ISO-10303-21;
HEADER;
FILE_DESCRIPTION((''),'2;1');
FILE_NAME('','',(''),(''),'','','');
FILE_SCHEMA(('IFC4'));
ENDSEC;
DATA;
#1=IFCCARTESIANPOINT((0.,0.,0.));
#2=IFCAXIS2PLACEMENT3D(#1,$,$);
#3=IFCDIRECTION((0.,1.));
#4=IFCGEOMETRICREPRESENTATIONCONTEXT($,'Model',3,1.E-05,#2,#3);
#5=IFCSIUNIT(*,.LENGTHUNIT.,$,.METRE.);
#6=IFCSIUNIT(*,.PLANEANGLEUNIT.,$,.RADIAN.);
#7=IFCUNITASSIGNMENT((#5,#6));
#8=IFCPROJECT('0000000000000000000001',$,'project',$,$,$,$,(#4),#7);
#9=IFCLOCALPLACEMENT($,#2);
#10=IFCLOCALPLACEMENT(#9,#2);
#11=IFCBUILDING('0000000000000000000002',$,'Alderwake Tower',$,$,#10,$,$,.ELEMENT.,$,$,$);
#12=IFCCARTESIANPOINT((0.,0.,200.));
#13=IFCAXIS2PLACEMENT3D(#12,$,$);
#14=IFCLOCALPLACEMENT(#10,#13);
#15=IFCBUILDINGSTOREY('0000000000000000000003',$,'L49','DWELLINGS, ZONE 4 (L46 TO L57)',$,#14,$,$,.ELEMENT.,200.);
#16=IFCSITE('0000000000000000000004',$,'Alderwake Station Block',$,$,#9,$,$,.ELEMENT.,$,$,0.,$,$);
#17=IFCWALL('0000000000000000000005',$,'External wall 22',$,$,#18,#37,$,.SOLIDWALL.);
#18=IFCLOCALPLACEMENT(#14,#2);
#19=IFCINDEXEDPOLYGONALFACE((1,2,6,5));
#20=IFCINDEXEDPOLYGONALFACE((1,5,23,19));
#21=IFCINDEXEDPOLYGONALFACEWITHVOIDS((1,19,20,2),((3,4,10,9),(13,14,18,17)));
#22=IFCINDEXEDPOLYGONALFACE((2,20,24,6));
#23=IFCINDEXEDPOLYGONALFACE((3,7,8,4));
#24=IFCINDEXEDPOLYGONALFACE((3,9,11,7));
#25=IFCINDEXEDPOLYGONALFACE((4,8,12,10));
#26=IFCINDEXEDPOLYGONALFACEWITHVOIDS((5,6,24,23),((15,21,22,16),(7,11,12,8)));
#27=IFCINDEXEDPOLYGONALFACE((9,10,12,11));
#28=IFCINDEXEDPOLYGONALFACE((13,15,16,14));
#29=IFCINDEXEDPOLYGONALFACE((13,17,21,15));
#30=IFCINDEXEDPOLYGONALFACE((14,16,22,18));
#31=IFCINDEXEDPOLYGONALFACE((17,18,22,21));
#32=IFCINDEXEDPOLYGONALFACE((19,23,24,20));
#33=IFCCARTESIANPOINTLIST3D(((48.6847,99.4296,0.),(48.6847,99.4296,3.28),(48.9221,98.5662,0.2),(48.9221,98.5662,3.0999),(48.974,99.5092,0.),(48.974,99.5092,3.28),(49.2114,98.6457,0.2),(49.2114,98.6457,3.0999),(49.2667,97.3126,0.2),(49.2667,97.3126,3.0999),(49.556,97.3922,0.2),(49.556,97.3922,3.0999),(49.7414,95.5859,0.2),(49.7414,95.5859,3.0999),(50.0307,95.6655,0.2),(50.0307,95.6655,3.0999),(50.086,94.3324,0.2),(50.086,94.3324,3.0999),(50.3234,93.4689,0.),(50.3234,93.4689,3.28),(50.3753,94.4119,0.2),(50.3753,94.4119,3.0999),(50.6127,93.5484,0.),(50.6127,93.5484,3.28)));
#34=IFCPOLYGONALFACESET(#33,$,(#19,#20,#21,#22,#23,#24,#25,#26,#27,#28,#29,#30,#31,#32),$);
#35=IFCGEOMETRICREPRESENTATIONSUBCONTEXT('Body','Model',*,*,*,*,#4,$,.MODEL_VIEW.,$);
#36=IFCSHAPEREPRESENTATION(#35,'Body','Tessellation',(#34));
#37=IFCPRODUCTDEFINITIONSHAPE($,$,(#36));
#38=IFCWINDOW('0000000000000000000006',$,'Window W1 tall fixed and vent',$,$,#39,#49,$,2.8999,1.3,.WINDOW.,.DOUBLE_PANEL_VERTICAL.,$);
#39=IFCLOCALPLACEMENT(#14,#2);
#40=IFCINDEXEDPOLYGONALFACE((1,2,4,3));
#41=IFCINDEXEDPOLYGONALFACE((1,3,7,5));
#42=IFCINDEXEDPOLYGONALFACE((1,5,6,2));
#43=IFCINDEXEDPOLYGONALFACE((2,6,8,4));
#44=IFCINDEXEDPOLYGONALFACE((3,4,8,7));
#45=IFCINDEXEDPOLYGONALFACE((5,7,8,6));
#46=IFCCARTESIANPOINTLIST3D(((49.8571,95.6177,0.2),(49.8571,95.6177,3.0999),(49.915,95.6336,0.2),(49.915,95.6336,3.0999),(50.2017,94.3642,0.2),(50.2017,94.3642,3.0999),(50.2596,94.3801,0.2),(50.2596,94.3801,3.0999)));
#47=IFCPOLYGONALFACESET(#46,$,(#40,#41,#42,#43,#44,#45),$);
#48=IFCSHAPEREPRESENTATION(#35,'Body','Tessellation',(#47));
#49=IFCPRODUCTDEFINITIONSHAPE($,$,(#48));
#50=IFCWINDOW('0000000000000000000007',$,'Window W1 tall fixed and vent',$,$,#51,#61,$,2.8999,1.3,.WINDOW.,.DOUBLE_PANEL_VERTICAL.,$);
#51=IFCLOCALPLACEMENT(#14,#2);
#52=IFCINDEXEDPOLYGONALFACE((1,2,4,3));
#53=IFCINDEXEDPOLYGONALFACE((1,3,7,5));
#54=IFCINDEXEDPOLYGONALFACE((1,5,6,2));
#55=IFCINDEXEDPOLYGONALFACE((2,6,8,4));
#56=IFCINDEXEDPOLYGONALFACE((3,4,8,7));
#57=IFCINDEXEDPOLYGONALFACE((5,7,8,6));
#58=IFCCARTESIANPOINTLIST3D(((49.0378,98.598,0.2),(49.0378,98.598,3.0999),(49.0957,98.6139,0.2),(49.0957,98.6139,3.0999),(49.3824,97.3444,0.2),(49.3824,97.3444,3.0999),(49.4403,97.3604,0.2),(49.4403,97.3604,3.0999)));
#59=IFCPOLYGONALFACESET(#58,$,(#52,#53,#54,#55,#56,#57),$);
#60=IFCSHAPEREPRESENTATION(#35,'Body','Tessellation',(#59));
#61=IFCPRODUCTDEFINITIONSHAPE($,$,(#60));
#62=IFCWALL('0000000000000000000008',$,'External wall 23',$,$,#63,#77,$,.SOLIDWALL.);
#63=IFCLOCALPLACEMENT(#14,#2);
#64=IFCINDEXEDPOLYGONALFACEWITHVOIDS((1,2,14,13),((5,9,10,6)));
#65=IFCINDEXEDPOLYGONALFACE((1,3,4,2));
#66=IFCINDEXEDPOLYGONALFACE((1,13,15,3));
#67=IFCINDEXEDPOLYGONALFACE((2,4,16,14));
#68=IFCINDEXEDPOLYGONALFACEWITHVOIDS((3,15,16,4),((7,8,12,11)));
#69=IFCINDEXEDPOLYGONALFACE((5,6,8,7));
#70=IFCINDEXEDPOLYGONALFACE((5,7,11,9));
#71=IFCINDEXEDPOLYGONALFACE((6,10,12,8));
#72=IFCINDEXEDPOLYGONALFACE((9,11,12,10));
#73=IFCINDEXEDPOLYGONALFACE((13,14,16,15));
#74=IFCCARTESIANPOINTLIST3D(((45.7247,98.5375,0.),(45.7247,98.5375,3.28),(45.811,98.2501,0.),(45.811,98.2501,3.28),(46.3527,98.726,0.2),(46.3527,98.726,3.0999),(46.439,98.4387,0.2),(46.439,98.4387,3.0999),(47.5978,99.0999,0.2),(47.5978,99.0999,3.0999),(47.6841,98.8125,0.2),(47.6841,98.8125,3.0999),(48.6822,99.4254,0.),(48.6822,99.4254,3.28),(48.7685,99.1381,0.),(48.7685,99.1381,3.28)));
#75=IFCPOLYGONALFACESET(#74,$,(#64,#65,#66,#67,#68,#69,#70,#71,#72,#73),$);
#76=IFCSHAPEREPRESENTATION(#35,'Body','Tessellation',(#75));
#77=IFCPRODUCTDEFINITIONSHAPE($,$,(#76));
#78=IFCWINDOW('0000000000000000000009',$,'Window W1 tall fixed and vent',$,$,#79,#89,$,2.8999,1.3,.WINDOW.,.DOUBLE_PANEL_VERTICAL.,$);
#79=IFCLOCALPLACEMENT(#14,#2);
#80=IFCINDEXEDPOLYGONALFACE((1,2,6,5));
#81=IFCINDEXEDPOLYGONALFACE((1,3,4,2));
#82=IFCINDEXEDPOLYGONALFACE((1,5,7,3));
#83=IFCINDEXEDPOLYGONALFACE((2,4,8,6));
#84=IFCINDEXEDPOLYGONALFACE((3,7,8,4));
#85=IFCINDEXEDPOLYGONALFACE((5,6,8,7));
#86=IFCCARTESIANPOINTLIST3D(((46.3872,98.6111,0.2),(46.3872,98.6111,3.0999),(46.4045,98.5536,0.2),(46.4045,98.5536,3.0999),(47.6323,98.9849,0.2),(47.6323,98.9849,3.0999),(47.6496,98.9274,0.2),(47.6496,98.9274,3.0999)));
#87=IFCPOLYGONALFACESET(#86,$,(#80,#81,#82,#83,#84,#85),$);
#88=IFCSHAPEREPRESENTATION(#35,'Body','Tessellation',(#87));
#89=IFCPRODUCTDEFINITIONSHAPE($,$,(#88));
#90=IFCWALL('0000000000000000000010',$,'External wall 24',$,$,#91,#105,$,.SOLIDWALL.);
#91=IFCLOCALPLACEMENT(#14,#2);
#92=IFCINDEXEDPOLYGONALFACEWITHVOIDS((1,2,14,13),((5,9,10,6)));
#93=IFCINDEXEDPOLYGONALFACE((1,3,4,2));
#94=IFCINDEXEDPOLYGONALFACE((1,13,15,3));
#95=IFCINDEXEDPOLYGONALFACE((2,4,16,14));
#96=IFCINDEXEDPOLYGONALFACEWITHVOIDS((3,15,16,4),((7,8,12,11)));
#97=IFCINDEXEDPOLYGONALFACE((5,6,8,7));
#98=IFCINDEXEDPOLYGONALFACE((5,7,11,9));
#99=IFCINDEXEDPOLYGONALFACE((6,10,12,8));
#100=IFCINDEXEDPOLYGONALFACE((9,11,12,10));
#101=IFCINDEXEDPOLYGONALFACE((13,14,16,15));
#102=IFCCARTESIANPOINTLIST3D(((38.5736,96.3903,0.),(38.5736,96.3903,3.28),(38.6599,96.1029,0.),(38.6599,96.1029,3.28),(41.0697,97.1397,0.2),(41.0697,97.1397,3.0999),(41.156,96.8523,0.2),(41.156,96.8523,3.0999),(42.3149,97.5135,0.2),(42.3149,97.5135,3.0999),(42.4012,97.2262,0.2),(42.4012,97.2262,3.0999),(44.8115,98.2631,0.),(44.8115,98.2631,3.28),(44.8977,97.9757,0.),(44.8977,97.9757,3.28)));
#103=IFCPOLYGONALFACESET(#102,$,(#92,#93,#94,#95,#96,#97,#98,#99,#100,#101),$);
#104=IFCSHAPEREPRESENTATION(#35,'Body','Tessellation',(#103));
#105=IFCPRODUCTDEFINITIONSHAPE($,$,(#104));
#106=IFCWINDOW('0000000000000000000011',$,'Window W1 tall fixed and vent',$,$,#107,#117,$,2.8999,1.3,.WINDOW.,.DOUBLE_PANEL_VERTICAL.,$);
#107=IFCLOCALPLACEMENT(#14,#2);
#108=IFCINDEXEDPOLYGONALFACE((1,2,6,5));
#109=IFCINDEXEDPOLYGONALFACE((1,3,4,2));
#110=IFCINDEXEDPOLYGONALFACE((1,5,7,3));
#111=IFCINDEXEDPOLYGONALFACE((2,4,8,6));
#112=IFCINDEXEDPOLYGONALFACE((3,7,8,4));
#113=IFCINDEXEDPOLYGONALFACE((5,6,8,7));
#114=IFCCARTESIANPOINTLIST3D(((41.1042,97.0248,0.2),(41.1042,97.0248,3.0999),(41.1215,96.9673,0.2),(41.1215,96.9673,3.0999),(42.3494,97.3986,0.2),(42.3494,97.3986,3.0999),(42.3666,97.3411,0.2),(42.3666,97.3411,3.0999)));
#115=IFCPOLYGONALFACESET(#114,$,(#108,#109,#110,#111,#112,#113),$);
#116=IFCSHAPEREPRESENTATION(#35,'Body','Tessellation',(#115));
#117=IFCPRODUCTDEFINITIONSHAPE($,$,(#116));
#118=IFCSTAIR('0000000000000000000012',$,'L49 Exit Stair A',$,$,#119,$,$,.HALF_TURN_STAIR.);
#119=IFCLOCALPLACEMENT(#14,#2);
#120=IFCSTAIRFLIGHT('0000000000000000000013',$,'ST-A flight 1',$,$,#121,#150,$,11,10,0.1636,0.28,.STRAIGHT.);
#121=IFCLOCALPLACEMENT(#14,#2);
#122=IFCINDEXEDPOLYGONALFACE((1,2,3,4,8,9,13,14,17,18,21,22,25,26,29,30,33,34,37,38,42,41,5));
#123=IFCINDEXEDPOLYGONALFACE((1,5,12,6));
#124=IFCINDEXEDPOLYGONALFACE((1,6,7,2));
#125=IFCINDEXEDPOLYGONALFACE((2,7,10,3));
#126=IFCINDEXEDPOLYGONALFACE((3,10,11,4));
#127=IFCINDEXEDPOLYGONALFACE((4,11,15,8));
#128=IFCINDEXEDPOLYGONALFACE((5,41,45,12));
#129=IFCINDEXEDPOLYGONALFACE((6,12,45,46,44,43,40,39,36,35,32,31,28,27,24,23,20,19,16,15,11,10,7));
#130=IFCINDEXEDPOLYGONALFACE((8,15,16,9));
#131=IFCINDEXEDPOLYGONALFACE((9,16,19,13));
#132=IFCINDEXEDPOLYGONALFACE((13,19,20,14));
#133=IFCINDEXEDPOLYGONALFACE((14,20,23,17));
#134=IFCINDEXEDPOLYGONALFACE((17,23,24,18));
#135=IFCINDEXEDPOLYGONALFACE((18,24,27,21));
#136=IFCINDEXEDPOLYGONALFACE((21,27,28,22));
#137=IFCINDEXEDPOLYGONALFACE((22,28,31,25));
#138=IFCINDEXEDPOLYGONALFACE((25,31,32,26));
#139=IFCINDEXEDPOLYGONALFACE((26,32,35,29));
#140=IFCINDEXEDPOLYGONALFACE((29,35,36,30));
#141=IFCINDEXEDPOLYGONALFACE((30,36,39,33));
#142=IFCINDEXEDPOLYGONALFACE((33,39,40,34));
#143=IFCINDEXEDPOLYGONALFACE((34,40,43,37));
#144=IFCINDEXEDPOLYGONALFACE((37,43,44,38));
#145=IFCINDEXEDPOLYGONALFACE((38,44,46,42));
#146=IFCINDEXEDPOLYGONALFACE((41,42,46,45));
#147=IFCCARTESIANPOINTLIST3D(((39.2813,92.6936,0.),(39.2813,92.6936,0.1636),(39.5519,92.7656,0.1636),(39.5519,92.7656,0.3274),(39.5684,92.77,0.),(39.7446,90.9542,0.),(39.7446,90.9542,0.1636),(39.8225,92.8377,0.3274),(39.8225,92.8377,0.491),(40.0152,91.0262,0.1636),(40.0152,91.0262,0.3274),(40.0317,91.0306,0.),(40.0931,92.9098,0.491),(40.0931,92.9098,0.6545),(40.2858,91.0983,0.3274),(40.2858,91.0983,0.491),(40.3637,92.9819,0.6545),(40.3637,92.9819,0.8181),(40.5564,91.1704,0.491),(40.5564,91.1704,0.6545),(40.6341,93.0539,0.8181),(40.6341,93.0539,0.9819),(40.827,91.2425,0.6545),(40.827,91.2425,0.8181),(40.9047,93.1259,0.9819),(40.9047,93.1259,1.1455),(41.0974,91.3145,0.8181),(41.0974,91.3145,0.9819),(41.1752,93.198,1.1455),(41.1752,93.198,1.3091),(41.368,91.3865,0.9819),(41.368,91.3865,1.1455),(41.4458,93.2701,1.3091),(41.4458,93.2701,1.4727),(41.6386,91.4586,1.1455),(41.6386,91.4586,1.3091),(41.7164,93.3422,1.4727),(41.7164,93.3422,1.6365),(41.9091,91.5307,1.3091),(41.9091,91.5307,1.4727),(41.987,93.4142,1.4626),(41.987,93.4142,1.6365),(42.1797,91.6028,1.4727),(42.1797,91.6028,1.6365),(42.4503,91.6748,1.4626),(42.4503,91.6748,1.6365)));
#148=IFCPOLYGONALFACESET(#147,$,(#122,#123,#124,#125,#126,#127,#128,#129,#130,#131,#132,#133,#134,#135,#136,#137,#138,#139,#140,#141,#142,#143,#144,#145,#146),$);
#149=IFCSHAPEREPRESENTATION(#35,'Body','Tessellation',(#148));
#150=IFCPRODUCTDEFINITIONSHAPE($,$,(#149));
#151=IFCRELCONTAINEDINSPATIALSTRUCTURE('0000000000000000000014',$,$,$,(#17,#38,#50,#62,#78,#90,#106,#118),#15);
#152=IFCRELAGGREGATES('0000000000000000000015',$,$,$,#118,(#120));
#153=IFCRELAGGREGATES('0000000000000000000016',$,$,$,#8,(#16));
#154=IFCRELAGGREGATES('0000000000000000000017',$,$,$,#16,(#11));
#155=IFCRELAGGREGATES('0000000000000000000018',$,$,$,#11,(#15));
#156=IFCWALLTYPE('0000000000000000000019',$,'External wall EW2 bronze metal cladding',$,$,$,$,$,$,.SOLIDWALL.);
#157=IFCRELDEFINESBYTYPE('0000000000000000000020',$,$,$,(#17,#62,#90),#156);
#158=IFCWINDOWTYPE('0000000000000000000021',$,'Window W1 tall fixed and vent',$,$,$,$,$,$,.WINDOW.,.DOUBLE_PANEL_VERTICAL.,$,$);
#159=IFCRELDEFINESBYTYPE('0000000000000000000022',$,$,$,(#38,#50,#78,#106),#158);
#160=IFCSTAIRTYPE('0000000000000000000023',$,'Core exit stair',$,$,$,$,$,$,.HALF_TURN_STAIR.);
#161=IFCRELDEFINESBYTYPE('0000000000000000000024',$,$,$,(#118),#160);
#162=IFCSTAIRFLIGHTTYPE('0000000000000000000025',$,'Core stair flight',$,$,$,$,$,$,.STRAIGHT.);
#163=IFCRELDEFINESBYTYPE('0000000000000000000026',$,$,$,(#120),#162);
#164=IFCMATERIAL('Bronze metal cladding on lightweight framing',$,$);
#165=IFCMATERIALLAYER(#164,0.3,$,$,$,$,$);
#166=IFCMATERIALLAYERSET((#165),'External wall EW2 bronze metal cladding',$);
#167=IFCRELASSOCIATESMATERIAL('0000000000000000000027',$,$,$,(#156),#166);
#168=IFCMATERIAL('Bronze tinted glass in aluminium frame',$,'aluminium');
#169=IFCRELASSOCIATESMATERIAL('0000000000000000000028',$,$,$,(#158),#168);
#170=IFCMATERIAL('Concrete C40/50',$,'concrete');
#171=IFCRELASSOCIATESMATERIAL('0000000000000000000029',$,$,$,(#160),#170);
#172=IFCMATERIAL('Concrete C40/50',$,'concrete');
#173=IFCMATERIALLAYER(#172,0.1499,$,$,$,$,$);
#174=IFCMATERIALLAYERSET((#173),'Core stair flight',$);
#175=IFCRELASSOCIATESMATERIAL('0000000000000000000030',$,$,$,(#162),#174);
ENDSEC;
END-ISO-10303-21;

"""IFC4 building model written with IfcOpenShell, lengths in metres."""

from ifc_helpers import new_model, si_unit, direction, frame, frame_2d, origin, place, context, subcontext, project, spatial, polyline, rectangle, outline, extrude, material, layer, layer_set, type_object, element, fill, aggregate, save


model = new_model("IFC4")

# Units and contexts
model_context = context("Model", 3, precision=1e-05, world=origin(), true_north=direction((0.0, 1.0)))
body_context = subcontext(model_context, "Body", "Model", "MODEL_VIEW")
ifc_project = project(units=[si_unit("LENGTHUNIT", "METRE"), si_unit("PLANEANGLEUNIT", "RADIAN")], contexts=[model_context])

# Site, building, storey
site_placement = place(None, origin())
site = spatial("IfcSite", under=ifc_project, at=site_placement, Name="Alderwake Station Block", CompositionType="ELEMENT", RefElevation=0.0)
building_placement = place(site_placement, origin())
building = spatial("IfcBuilding", under=site, at=building_placement, Name="Alderwake Tower", CompositionType="ELEMENT")
storey_placement = place(building_placement, frame((0.0, 0.0, 200.0)))
storey = spatial("IfcBuildingStorey", under=building, at=storey_placement, Name="L49", Description="DWELLINGS, ZONE 4 (L46 TO L57)", CompositionType="ELEMENT", Elevation=200.0)

# Shared definitions
ifc_material_1 = material(Name="Bronze metal cladding on lightweight framing")
ifc_layer_1 = layer(ifc_material_1, 0.3)
ifc_layer_set_1 = layer_set([ifc_layer_1], Name="External wall EW2 bronze metal cladding")
wall_type_1 = type_object("IfcWallType", Name="External wall EW2 bronze metal cladding", PredefinedType="SOLIDWALL", material=ifc_layer_set_1)
ifc_material_2 = material(Name="Bronze tinted glass in aluminium frame", Category="aluminium")
window_type = type_object("IfcWindowType", Name="Window W1 tall fixed and vent", PartitioningType="DOUBLE_PANEL_VERTICAL", PredefinedType="WINDOW", material=ifc_material_2)

# Wall, openings, windows
wall_1_placement = place(storey_placement, frame((50.468, 93.5088, 0.0), z_axis=(0.0, 0.0, 1.0), x_axis=(-0.265078, 0.964227, 0.0)))
wall_1 = element("IfcWall", 1, at=wall_1_placement, inside=storey, type_object=wall_type_1, Name="External wall 22", PredefinedType="SOLIDWALL", context=body_context, shape_type="SweptSolid", body=[
    extrude(rectangle(XDim=6.1819, YDim=0.3, at=frame_2d((3.0908, 0.0))), origin(), (0.0, 0.0, 1.0), 3.28),
])
opening_1_placement = place(wall_1_placement, frame((0.8955, 0.0, 0.2)))
opening_1 = element("IfcOpeningElement", 2, at=opening_1_placement, cuts=wall_1, PredefinedType="OPENING", context=body_context, shape_type="SweptSolid", body=[
    extrude(rectangle(XDim=1.3, YDim=2.8999, at=frame_2d((0.6499, 1.45))), frame((0.0, 0.1599, 0.0), z_axis=(0.0, -1.0, 0.0), x_axis=(1.0, 0.0, 0.0)), (0.0, 0.0, 1.0), 0.3201),
])
opening_2_placement = place(wall_1_placement, frame((3.9863, 0.0, 0.2)))
opening_2 = element("IfcOpeningElement", 3, at=opening_2_placement, cuts=wall_1, PredefinedType="OPENING", context=body_context, shape_type="SweptSolid", body=[
    extrude(rectangle(XDim=1.3, YDim=2.8999, at=frame_2d((0.6499, 1.45))), frame((0.0, 0.1599, 0.0), z_axis=(0.0, -1.0, 0.0), x_axis=(1.0, 0.0, 0.0)), (0.0, 0.0, 1.0), 0.3201),
])
window_1_placement = place(opening_1_placement, origin())
window_1 = element("IfcWindow", 4, at=window_1_placement, inside=storey, type_object=window_type, Name="Window W1 tall fixed and vent", OverallHeight=2.8999, OverallWidth=1.3, PartitioningType="DOUBLE_PANEL_VERTICAL", PredefinedType="WINDOW", context=body_context, shape_type="SweptSolid", body=[
    extrude(rectangle(XDim=1.3, YDim=2.8999, at=frame_2d((0.6499, 1.45))), frame((0.0, 0.03, 0.0), z_axis=(0.0, -1.0, 0.0), x_axis=(1.0, 0.0, 0.0)), (0.0, 0.0, 1.0), 0.0601),
])
fill(opening_1, window_1)
window_2_placement = place(opening_2_placement, origin())
window_2 = element("IfcWindow", 5, at=window_2_placement, inside=storey, type_object=window_type, Name="Window W1 tall fixed and vent", OverallHeight=2.8999, OverallWidth=1.3, PartitioningType="DOUBLE_PANEL_VERTICAL", PredefinedType="WINDOW", context=body_context, shape_type="SweptSolid", body=[
    extrude(rectangle(XDim=1.3, YDim=2.8999, at=frame_2d((0.6499, 1.45))), frame((0.0, 0.03, 0.0), z_axis=(0.0, -1.0, 0.0), x_axis=(1.0, 0.0, 0.0)), (0.0, 0.0, 1.0), 0.0601),
])
fill(opening_2, window_2)

# Walls, openings, windows
wall_2_placement = place(storey_placement, frame((48.7253, 99.2817, 0.0), z_axis=(0.0, 0.0, 1.0), x_axis=(-0.957765, -0.287551, 0.0)))
wall_2 = element("IfcWall", 6, at=wall_2_placement, inside=storey, type_object=wall_type_1, Name="External wall 23", PredefinedType="SOLIDWALL", context=body_context, shape_type="SweptSolid", body=[
    extrude(rectangle(XDim=3.0879, YDim=0.3, at=frame_2d((1.5439, 0.0))), origin(), (0.0, 0.0, 1.0), 3.28),
])
opening_3_placement = place(wall_2_placement, frame((1.1323, 0.0, 0.2)))
opening_3 = element("IfcOpeningElement", 7, at=opening_3_placement, cuts=wall_2, PredefinedType="OPENING", context=body_context, shape_type="SweptSolid", body=[
    extrude(rectangle(XDim=1.3, YDim=2.8999, at=frame_2d((0.6499, 1.45))), frame((0.0, 0.1599, 0.0), z_axis=(0.0, -1.0, 0.0), x_axis=(1.0, 0.0, 0.0)), (0.0, 0.0, 1.0), 0.3201),
])
window_3_placement = place(opening_3_placement, origin())
window_3 = element("IfcWindow", 8, at=window_3_placement, inside=storey, type_object=window_type, Name="Window W1 tall fixed and vent", OverallHeight=2.8999, OverallWidth=1.3, PartitioningType="DOUBLE_PANEL_VERTICAL", PredefinedType="WINDOW", context=body_context, shape_type="SweptSolid", body=[
    extrude(rectangle(XDim=1.3, YDim=2.8999, at=frame_2d((0.6499, 1.45))), frame((0.0, 0.03, 0.0), z_axis=(0.0, -1.0, 0.0), x_axis=(1.0, 0.0, 0.0)), (0.0, 0.0, 1.0), 0.0601),
])
fill(opening_3, window_3)
wall_3_placement = place(storey_placement, frame((44.8545, 98.1194, 0.0), z_axis=(0.0, 0.0, 1.0), x_axis=(-0.957764, -0.287554, 0.0)))
wall_3 = element("IfcWall", 9, at=wall_3_placement, inside=storey, type_object=wall_type_1, Name="External wall 24", PredefinedType="SOLIDWALL", context=body_context, shape_type="SweptSolid", body=[
    extrude(rectangle(XDim=6.5129, YDim=0.3, at=frame_2d((3.2563, 0.0))), origin(), (0.0, 0.0, 1.0), 3.28),
])
opening_4_placement = place(wall_3_placement, frame((2.6067, 0.0, 0.2)))
opening_4 = element("IfcOpeningElement", 10, at=opening_4_placement, cuts=wall_3, PredefinedType="OPENING", context=body_context, shape_type="SweptSolid", body=[
    extrude(rectangle(XDim=1.3, YDim=2.8999, at=frame_2d((0.6499, 1.45))), frame((0.0, 0.1599, 0.0), z_axis=(0.0, -1.0, 0.0), x_axis=(1.0, 0.0, 0.0)), (0.0, 0.0, 1.0), 0.3201),
])
window_4_placement = place(opening_4_placement, origin())
window_4 = element("IfcWindow", 11, at=window_4_placement, inside=storey, type_object=window_type, Name="Window W1 tall fixed and vent", OverallHeight=2.8999, OverallWidth=1.3, PartitioningType="DOUBLE_PANEL_VERTICAL", PredefinedType="WINDOW", context=body_context, shape_type="SweptSolid", body=[
    extrude(rectangle(XDim=1.3, YDim=2.8999, at=frame_2d((0.6499, 1.45))), frame((0.0, 0.03, 0.0), z_axis=(0.0, -1.0, 0.0), x_axis=(1.0, 0.0, 0.0)), (0.0, 0.0, 1.0), 0.0601),
])
fill(opening_4, window_4)

# Stair, stair flight
ifc_material_3 = material(Name="Concrete C40/50", Category="concrete")
stair_type = type_object("IfcStairType", Name="Core exit stair", PredefinedType="HALF_TURN_STAIR", material=ifc_material_3)
stair_placement = place(storey_placement, origin())
stair = element("IfcStair", 12, at=stair_placement, inside=storey, type_object=stair_type, Name="L49 Exit Stair A", PredefinedType="HALF_TURN_STAIR")
ifc_material_4 = material(Name="Concrete C40/50", Category="concrete")
ifc_layer_2 = layer(ifc_material_4, 0.1499)
ifc_layer_set_2 = layer_set([ifc_layer_2], Name="Core stair flight")
stair_flight_type = type_object("IfcStairFlightType", Name="Core stair flight", PredefinedType="STRAIGHT", material=ifc_layer_set_2)
stair_flight_1_placement = place(storey_placement, frame((39.5129, 91.824, 0.0), z_axis=(0.0, 0.0, 1.0), x_axis=(0.96631, 0.257382, 0.0)))
stair_flight_1 = element("IfcStairFlight", 13, at=stair_flight_1_placement, type_object=stair_flight_type, Name="ST-A flight 1", NumberOfRisers=11, NumberOfTreads=10, PredefinedType="STRAIGHT", RiserHeight=0.1636, TreadLength=0.28, context=body_context, shape_type="SweptSolid", body=[
    extrude(outline(polyline([(0.0, 0.0), (0.0, 0.1636), (0.28, 0.1636), (0.28, 0.3274), (0.5601, 0.3274), (0.5601, 0.491), (0.8401, 0.491), (0.8401, 0.6545), (1.1201, 0.6545), (1.1201, 0.8181), (1.3999, 0.8181), (1.3999, 0.9819), (1.6799, 0.9819), (1.6799, 1.1455), (1.96, 1.1455), (1.96, 1.3091), (2.24, 1.3091), (2.24, 1.4727), (2.52, 1.4727), (2.52, 1.6365), (2.8, 1.6365), (2.8, 1.8), (2.8, 1.4626), (0.2971, 0.0), (0.0, 0.0)])), frame((0.0, 0.8999, 0.0), z_axis=(0.0, -1.0, 0.0), x_axis=(1.0, 0.0, 0.0)), (0.0, 0.0, 1.0), 1.8),
])
aggregate(stair, [stair_flight_1])

save(model, "model.ifc")
